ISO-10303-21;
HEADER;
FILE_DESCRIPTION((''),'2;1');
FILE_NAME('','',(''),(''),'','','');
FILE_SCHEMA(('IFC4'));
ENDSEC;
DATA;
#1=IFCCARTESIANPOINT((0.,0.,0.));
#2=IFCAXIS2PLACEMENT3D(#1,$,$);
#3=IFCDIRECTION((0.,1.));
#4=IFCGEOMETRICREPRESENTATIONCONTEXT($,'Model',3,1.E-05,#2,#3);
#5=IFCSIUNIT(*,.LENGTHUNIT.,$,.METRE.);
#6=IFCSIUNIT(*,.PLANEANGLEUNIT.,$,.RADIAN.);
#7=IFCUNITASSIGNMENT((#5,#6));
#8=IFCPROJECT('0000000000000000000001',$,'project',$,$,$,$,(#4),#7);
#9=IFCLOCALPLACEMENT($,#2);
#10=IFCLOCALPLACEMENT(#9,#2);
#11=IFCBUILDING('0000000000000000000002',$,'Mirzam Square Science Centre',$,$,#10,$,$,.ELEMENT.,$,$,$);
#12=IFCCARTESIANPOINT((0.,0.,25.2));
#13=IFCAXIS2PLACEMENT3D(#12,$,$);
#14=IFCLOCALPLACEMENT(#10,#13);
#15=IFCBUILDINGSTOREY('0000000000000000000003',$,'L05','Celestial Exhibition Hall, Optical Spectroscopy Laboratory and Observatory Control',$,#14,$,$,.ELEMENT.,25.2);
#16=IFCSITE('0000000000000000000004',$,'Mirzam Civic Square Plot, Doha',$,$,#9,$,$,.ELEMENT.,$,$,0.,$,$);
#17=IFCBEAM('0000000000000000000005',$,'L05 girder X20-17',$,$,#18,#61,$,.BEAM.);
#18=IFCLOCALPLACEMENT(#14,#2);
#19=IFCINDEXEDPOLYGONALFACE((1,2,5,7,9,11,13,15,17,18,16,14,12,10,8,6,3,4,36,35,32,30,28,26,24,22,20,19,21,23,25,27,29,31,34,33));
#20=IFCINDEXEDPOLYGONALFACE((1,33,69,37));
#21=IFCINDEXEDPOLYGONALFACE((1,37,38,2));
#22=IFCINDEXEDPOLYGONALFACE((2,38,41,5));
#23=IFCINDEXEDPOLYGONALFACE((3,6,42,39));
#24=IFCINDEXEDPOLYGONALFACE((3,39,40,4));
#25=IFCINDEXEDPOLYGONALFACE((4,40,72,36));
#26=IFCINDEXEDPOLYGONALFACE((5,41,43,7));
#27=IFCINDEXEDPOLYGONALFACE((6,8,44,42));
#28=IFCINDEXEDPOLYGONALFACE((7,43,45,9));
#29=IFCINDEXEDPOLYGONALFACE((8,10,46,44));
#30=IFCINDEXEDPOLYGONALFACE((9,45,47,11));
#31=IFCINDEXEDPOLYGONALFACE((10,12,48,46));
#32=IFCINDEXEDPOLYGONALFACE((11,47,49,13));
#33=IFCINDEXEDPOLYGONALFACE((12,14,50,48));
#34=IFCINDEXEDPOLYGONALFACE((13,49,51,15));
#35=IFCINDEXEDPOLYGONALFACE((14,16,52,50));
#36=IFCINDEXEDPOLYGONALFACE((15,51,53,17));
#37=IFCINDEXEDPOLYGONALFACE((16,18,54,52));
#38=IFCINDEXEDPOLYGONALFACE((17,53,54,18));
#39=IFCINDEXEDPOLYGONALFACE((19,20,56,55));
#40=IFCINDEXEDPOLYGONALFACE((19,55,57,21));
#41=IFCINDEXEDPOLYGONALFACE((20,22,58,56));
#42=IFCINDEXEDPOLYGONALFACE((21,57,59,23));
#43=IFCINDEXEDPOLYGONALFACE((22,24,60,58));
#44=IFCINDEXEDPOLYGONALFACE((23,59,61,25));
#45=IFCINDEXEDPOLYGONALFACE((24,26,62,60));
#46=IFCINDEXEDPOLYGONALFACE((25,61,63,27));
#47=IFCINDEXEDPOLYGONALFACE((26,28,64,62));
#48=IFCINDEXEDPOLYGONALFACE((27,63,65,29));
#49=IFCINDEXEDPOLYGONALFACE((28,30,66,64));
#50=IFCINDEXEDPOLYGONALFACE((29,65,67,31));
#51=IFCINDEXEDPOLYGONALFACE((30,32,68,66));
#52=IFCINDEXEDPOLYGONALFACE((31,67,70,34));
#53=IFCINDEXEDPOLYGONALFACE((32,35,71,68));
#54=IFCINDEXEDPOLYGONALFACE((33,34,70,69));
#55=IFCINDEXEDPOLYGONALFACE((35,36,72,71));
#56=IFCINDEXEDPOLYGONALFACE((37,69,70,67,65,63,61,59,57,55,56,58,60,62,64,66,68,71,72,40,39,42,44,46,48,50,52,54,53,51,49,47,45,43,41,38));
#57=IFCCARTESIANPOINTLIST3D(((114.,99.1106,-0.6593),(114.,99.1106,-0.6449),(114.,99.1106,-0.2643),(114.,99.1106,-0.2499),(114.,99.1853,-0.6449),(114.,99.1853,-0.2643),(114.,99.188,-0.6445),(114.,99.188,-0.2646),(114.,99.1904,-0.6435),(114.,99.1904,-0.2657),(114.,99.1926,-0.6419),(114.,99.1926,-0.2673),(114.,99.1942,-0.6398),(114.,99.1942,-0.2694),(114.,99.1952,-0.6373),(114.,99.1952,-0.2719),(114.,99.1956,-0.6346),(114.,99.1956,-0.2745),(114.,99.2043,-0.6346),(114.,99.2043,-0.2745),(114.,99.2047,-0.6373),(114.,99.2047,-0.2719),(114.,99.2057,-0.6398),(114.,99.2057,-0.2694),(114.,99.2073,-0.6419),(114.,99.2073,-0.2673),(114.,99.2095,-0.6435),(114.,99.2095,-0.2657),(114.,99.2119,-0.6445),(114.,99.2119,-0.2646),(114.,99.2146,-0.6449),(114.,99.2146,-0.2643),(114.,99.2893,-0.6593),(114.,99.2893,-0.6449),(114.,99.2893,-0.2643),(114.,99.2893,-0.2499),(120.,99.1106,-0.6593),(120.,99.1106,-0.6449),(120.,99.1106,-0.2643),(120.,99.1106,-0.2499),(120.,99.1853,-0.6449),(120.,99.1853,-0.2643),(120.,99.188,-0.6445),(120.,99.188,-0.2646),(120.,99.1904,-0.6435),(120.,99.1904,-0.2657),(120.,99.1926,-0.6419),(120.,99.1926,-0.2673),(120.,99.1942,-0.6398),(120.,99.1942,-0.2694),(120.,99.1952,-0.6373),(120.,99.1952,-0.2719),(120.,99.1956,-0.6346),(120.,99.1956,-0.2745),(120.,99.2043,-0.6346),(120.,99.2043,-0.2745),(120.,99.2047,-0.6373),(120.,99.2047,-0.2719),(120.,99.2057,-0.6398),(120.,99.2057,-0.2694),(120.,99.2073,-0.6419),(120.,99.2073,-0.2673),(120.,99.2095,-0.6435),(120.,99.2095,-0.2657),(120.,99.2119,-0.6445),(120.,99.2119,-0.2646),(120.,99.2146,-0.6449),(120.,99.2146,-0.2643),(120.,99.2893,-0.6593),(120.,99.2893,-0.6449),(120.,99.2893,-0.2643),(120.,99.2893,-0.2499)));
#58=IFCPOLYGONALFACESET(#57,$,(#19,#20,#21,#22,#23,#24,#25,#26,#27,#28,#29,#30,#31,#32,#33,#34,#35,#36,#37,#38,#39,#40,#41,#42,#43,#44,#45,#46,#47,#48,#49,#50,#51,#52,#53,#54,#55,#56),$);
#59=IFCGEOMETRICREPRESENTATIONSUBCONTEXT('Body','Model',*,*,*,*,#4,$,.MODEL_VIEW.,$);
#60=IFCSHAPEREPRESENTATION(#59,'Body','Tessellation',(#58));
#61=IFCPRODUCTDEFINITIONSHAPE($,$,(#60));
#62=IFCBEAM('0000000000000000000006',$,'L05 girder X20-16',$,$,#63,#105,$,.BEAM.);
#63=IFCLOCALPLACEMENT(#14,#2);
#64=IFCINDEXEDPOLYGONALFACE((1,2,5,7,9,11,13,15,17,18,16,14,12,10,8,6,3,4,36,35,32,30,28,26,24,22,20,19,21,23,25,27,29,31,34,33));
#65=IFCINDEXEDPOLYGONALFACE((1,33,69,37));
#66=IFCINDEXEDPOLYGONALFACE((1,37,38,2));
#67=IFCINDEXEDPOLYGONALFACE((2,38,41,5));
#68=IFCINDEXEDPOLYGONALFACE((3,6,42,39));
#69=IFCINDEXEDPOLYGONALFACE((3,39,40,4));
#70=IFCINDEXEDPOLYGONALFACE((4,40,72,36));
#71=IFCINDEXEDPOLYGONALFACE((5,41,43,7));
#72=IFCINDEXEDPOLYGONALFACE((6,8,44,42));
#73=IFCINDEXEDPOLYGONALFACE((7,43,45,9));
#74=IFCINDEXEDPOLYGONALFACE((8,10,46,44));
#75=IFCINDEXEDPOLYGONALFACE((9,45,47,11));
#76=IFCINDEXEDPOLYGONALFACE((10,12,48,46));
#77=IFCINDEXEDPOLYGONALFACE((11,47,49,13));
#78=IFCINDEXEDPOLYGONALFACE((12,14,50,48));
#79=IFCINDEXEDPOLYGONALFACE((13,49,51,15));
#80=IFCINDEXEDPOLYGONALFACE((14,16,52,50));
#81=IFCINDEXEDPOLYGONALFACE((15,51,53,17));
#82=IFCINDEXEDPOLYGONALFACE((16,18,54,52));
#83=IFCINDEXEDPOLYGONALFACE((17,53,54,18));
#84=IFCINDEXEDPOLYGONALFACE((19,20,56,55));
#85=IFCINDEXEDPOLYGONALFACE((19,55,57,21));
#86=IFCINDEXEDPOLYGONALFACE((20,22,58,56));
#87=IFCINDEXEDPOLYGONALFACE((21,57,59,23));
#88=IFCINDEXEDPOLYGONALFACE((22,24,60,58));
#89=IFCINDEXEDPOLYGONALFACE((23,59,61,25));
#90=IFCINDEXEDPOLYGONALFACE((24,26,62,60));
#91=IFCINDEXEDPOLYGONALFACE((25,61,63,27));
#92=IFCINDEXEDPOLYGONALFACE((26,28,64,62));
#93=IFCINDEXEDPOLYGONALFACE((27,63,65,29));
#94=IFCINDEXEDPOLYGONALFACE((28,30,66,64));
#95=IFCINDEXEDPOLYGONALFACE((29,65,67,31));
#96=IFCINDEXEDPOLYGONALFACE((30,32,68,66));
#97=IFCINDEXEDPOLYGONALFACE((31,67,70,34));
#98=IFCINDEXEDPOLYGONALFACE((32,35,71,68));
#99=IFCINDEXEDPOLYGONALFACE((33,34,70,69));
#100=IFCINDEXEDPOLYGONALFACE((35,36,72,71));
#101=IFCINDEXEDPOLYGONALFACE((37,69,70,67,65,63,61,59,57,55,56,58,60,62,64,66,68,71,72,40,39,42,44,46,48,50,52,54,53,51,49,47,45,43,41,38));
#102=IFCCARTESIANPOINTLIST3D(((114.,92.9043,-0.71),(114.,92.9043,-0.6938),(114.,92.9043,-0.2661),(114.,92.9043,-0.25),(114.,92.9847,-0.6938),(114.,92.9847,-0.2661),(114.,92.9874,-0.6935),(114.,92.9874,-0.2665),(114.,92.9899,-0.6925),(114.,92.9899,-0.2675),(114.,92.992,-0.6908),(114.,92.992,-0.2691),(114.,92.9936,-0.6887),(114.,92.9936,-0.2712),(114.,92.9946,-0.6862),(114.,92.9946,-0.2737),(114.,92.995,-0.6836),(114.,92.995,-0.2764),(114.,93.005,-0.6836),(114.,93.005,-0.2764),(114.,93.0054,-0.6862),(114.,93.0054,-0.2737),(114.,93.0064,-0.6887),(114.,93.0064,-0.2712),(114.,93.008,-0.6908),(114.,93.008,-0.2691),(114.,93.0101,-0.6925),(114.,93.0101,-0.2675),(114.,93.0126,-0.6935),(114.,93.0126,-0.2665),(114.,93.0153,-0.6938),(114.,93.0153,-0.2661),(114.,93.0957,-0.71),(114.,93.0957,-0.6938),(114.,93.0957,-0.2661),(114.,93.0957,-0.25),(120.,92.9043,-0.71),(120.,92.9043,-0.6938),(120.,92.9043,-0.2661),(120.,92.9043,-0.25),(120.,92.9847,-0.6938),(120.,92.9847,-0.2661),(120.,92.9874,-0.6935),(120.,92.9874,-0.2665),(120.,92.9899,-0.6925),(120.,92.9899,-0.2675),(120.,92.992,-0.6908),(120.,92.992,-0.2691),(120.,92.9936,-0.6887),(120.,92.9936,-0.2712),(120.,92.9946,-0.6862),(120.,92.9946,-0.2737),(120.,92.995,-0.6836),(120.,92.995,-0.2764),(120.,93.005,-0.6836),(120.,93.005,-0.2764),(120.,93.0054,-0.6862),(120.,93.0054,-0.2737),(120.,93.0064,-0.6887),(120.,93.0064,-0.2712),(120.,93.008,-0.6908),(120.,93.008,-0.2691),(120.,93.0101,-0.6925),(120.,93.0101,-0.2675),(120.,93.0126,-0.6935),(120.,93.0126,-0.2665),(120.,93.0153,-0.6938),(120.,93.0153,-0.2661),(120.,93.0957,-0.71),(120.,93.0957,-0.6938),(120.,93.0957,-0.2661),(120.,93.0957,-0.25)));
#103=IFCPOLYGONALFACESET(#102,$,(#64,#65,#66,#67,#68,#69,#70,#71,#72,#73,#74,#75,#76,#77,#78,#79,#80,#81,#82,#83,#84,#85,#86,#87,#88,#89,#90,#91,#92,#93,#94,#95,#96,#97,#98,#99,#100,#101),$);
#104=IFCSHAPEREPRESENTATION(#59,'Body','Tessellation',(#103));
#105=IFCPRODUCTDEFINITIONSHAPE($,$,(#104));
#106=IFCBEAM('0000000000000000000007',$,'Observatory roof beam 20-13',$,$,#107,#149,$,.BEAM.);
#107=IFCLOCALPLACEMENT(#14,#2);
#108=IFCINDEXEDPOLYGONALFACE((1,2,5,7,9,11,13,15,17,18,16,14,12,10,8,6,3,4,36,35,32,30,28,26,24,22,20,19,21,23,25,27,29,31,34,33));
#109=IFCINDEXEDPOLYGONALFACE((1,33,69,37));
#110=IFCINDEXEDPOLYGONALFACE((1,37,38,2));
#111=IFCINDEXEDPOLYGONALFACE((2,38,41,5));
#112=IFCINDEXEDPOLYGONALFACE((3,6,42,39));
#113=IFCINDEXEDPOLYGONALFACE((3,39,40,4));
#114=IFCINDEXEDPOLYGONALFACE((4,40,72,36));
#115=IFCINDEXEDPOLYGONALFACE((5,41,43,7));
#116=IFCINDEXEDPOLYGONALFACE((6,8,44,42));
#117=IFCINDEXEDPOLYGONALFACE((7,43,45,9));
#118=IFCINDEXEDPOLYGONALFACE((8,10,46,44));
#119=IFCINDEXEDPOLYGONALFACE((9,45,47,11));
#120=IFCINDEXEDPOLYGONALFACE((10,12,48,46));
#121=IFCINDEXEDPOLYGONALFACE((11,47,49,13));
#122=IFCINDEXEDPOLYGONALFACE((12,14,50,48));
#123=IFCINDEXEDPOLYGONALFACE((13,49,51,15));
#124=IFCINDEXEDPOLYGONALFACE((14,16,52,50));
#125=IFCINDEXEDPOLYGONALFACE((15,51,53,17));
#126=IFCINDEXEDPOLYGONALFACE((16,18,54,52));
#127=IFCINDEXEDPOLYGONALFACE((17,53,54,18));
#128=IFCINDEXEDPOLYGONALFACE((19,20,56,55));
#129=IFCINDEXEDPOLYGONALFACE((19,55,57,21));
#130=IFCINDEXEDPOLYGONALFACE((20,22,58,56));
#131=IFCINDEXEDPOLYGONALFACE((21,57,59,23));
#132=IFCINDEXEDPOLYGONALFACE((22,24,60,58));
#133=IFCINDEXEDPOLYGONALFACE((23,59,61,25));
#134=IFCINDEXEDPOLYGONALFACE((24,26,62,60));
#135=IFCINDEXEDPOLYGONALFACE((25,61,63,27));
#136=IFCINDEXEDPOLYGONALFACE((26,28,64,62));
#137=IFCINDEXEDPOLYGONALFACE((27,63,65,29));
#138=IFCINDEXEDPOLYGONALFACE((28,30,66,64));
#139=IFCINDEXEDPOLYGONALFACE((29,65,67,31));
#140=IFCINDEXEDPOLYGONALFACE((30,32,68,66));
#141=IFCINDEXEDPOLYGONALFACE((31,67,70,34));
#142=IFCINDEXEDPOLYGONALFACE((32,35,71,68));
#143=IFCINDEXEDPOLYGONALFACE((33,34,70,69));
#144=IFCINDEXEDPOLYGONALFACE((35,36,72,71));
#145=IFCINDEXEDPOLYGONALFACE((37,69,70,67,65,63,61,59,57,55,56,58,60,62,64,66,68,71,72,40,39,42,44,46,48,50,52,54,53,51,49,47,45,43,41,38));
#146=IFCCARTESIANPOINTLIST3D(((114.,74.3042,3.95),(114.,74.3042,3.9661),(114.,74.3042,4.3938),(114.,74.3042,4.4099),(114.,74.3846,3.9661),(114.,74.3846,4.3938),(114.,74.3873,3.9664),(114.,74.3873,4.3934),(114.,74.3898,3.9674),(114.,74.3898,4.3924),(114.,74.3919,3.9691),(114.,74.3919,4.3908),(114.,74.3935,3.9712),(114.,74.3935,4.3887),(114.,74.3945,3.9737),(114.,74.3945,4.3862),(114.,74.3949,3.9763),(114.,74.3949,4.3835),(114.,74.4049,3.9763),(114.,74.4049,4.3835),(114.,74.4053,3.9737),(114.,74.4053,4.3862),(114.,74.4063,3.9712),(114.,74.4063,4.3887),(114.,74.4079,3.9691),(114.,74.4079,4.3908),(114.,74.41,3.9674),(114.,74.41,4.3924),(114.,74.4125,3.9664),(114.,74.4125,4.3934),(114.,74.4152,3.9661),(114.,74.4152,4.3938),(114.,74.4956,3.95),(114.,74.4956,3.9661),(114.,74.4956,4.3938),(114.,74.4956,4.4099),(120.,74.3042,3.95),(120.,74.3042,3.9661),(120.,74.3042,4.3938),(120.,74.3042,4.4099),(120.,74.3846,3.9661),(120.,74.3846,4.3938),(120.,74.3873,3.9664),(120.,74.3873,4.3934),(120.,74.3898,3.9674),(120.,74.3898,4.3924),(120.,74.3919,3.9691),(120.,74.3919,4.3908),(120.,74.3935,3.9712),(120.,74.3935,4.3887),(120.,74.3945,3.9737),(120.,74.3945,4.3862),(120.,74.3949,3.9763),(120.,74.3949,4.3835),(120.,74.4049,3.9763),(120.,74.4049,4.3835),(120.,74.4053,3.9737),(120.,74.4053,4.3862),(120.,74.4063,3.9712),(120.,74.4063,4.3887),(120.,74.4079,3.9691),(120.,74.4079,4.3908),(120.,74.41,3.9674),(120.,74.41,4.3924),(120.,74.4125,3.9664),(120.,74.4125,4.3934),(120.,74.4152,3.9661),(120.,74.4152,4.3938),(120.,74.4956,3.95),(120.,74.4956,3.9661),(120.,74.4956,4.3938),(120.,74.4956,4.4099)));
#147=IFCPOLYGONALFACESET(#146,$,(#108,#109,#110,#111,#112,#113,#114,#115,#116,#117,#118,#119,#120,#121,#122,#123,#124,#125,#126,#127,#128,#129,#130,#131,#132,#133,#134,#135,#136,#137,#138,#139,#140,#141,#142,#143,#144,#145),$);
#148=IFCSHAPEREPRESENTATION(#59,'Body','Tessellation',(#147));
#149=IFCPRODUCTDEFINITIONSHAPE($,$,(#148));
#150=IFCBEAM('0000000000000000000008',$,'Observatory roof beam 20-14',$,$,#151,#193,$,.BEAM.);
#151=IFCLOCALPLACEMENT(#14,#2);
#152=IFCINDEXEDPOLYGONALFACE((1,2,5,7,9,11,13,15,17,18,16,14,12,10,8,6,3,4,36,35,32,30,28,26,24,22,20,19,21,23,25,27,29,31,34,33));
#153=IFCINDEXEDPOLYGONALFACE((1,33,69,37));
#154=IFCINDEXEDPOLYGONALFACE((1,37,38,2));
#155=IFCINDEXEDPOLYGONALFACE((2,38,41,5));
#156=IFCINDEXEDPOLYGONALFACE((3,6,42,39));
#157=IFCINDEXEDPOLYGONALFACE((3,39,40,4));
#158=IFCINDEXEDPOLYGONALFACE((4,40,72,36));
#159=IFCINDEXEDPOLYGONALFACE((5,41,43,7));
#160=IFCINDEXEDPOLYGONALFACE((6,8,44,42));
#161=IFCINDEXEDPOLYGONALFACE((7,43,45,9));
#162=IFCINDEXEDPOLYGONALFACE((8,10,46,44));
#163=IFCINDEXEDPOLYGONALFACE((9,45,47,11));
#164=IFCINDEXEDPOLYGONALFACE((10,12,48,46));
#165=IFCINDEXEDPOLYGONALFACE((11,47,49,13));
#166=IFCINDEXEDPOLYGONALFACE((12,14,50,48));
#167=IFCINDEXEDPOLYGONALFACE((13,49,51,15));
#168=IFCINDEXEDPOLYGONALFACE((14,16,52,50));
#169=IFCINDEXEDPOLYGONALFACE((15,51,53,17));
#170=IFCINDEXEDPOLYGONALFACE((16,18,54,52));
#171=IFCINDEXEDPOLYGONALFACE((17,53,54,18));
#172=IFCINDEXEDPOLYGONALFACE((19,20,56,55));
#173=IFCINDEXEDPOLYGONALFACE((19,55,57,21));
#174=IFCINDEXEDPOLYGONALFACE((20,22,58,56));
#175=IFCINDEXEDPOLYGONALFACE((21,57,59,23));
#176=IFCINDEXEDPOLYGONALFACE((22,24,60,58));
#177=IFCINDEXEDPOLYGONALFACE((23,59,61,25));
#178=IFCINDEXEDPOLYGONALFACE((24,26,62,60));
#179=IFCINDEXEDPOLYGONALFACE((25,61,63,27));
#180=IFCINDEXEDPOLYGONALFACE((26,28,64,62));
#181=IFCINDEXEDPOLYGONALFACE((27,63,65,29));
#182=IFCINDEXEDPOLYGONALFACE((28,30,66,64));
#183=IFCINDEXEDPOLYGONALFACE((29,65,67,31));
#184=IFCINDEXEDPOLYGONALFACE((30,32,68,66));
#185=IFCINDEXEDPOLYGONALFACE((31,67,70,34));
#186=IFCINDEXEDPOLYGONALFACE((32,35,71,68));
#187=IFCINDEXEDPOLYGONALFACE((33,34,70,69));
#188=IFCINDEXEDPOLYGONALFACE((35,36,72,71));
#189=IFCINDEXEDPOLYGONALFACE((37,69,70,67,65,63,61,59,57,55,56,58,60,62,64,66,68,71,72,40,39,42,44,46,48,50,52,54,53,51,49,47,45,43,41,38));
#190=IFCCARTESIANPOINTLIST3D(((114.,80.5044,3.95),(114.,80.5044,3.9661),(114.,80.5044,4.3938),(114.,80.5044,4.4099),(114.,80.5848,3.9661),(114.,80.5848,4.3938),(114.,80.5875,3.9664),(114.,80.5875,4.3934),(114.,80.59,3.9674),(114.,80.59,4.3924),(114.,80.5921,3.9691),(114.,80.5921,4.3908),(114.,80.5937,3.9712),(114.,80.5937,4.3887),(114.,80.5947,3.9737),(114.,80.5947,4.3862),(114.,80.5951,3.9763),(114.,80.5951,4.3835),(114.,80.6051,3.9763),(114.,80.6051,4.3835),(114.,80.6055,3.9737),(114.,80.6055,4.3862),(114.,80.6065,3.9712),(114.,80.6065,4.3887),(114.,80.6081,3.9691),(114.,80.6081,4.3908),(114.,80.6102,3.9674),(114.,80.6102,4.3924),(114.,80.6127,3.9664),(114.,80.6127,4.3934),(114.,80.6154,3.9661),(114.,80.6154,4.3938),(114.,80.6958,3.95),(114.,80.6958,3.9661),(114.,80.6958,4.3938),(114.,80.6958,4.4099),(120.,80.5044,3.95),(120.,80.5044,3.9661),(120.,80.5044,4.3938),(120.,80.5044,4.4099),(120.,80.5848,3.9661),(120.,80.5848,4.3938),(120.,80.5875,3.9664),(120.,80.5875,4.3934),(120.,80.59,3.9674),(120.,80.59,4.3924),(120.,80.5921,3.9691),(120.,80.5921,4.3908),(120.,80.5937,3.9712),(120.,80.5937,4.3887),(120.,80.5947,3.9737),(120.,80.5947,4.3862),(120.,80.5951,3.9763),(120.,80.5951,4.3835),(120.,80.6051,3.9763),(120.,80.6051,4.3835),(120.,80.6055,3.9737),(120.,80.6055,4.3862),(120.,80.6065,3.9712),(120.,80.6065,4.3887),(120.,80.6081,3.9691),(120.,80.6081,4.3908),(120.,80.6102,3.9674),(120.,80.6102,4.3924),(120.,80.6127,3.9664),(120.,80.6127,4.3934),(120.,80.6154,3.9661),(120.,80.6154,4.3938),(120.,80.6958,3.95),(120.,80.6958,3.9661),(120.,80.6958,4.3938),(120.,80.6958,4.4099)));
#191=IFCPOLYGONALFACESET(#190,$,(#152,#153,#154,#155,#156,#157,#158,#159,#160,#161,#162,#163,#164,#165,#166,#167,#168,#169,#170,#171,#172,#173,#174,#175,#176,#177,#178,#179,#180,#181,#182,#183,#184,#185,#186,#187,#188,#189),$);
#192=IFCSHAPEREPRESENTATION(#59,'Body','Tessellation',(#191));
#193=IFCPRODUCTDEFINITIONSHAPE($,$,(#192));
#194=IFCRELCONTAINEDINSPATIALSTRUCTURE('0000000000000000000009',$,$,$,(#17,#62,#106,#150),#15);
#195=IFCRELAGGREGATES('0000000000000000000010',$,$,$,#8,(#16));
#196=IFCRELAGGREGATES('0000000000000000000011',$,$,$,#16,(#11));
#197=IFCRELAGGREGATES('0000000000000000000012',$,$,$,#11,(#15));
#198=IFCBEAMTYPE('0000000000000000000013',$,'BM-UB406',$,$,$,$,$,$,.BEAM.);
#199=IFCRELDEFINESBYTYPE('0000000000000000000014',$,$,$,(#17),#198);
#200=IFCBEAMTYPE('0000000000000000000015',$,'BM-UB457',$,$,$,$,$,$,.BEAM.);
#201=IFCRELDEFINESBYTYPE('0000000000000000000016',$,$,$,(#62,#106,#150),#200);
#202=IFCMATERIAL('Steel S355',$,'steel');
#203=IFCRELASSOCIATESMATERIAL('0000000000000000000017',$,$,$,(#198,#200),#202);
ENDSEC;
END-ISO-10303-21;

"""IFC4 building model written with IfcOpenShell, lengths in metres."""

from ifc_helpers import new_model, si_unit, direction, frame, origin, origin_2d, place, context, subcontext, project, spatial, i_section, extrude, material, material_profile, profile_set, type_object, element, save


model = new_model("IFC4")

# Units and contexts
model_context = context("Model", 3, precision=1e-05, world=origin(), true_north=direction((0.0, 1.0)))
body_context = subcontext(model_context, "Body", "Model", "MODEL_VIEW")
ifc_project = project(units=[si_unit("LENGTHUNIT", "METRE"), si_unit("PLANEANGLEUNIT", "RADIAN")], contexts=[model_context])

# Site, building, storey
site_placement = place(None, origin())
site = spatial("IfcSite", under=ifc_project, at=site_placement, Name="Mirzam Civic Square Plot, Doha", CompositionType="ELEMENT", RefElevation=0.0)
building_placement = place(site_placement, origin())
building = spatial("IfcBuilding", under=site, at=building_placement, Name="Mirzam Square Science Centre", CompositionType="ELEMENT")
storey_placement = place(building_placement, frame((0.0, 0.0, 25.2)))
storey = spatial("IfcBuildingStorey", under=building, at=storey_placement, Name="L05", Description="Celestial Exhibition Hall, Optical Spectroscopy Laboratory and Observatory Control", CompositionType="ELEMENT", Elevation=25.2)

# Shared definitions
ifc_material_1 = material(Name="Steel S355", Category="steel")

# Beams
ifc_material_profile_1 = material_profile(ifc_material_1, i_section(OverallWidth=0.1787, OverallDepth=0.4094, WebThickness=0.0088, FlangeThickness=0.0144, FilletRadius=0.0103, at=origin_2d()), Name="406x178x67UB")
ifc_profile_set_1 = profile_set([ifc_material_profile_1], Name="Steel S355")
beam_type_1 = type_object("IfcBeamType", Name="BM-UB406", PredefinedType="BEAM", material=ifc_profile_set_1)
beam_1_placement = place(storey_placement, frame((114.0, 99.2, -0.4546), z_axis=(1.0, 0.0, 0.0), x_axis=(0.0, 1.0, 0.0)))
element("IfcBeam", 1, at=beam_1_placement, inside=storey, type_object=beam_type_1, Name="L05 girder X20-17", PredefinedType="BEAM", context=body_context, shape_type="SweptSolid", body=[
    extrude(i_section(OverallWidth=0.1787, OverallDepth=0.4094, WebThickness=0.0088, FlangeThickness=0.0144, FilletRadius=0.0103, at=origin_2d()), origin(), (0.0, 0.0, 1.0), 6.0),
])
ifc_material_profile_2 = material_profile(ifc_material_1, i_section(OverallWidth=0.1914, OverallDepth=0.46, WebThickness=0.01, FlangeThickness=0.0161, FilletRadius=0.0103, at=origin_2d()), Name="457x191x82UB")
ifc_profile_set_2 = profile_set([ifc_material_profile_2], Name="Steel S355")
beam_type_2 = type_object("IfcBeamType", Name="BM-UB457", PredefinedType="BEAM", material=ifc_profile_set_2)
for number, where, z_axis, x_axis, name in (
    (2, (114.0, 93.0, -0.48), (1.0, 0.0, 0.0), (0.0, 1.0, 0.0), "L05 girder X20-16"),
    (3, (114.0, 74.3999, 4.1799), (1.0, 0.0, 0.0), (0.0, 1.0, 0.0), "Observatory roof beam 20-13"),
    (4, (114.0, 80.6001, 4.1799), (1.0, 0.0, 0.0), (0.0, 1.0, 0.0), "Observatory roof beam 20-14"),
):
    element("IfcBeam", number, at=place(storey_placement, frame(where, z_axis=z_axis, x_axis=x_axis)), inside=storey, type_object=beam_type_2, Name=name, PredefinedType="BEAM", context=body_context, shape_type="SweptSolid", body=[
        extrude(i_section(OverallWidth=0.1914, OverallDepth=0.46, WebThickness=0.01, FlangeThickness=0.0161, FilletRadius=0.0103, at=origin_2d()), origin(), (0.0, 0.0, 1.0), 6.0),
    ])

save(model, "model.ifc")
